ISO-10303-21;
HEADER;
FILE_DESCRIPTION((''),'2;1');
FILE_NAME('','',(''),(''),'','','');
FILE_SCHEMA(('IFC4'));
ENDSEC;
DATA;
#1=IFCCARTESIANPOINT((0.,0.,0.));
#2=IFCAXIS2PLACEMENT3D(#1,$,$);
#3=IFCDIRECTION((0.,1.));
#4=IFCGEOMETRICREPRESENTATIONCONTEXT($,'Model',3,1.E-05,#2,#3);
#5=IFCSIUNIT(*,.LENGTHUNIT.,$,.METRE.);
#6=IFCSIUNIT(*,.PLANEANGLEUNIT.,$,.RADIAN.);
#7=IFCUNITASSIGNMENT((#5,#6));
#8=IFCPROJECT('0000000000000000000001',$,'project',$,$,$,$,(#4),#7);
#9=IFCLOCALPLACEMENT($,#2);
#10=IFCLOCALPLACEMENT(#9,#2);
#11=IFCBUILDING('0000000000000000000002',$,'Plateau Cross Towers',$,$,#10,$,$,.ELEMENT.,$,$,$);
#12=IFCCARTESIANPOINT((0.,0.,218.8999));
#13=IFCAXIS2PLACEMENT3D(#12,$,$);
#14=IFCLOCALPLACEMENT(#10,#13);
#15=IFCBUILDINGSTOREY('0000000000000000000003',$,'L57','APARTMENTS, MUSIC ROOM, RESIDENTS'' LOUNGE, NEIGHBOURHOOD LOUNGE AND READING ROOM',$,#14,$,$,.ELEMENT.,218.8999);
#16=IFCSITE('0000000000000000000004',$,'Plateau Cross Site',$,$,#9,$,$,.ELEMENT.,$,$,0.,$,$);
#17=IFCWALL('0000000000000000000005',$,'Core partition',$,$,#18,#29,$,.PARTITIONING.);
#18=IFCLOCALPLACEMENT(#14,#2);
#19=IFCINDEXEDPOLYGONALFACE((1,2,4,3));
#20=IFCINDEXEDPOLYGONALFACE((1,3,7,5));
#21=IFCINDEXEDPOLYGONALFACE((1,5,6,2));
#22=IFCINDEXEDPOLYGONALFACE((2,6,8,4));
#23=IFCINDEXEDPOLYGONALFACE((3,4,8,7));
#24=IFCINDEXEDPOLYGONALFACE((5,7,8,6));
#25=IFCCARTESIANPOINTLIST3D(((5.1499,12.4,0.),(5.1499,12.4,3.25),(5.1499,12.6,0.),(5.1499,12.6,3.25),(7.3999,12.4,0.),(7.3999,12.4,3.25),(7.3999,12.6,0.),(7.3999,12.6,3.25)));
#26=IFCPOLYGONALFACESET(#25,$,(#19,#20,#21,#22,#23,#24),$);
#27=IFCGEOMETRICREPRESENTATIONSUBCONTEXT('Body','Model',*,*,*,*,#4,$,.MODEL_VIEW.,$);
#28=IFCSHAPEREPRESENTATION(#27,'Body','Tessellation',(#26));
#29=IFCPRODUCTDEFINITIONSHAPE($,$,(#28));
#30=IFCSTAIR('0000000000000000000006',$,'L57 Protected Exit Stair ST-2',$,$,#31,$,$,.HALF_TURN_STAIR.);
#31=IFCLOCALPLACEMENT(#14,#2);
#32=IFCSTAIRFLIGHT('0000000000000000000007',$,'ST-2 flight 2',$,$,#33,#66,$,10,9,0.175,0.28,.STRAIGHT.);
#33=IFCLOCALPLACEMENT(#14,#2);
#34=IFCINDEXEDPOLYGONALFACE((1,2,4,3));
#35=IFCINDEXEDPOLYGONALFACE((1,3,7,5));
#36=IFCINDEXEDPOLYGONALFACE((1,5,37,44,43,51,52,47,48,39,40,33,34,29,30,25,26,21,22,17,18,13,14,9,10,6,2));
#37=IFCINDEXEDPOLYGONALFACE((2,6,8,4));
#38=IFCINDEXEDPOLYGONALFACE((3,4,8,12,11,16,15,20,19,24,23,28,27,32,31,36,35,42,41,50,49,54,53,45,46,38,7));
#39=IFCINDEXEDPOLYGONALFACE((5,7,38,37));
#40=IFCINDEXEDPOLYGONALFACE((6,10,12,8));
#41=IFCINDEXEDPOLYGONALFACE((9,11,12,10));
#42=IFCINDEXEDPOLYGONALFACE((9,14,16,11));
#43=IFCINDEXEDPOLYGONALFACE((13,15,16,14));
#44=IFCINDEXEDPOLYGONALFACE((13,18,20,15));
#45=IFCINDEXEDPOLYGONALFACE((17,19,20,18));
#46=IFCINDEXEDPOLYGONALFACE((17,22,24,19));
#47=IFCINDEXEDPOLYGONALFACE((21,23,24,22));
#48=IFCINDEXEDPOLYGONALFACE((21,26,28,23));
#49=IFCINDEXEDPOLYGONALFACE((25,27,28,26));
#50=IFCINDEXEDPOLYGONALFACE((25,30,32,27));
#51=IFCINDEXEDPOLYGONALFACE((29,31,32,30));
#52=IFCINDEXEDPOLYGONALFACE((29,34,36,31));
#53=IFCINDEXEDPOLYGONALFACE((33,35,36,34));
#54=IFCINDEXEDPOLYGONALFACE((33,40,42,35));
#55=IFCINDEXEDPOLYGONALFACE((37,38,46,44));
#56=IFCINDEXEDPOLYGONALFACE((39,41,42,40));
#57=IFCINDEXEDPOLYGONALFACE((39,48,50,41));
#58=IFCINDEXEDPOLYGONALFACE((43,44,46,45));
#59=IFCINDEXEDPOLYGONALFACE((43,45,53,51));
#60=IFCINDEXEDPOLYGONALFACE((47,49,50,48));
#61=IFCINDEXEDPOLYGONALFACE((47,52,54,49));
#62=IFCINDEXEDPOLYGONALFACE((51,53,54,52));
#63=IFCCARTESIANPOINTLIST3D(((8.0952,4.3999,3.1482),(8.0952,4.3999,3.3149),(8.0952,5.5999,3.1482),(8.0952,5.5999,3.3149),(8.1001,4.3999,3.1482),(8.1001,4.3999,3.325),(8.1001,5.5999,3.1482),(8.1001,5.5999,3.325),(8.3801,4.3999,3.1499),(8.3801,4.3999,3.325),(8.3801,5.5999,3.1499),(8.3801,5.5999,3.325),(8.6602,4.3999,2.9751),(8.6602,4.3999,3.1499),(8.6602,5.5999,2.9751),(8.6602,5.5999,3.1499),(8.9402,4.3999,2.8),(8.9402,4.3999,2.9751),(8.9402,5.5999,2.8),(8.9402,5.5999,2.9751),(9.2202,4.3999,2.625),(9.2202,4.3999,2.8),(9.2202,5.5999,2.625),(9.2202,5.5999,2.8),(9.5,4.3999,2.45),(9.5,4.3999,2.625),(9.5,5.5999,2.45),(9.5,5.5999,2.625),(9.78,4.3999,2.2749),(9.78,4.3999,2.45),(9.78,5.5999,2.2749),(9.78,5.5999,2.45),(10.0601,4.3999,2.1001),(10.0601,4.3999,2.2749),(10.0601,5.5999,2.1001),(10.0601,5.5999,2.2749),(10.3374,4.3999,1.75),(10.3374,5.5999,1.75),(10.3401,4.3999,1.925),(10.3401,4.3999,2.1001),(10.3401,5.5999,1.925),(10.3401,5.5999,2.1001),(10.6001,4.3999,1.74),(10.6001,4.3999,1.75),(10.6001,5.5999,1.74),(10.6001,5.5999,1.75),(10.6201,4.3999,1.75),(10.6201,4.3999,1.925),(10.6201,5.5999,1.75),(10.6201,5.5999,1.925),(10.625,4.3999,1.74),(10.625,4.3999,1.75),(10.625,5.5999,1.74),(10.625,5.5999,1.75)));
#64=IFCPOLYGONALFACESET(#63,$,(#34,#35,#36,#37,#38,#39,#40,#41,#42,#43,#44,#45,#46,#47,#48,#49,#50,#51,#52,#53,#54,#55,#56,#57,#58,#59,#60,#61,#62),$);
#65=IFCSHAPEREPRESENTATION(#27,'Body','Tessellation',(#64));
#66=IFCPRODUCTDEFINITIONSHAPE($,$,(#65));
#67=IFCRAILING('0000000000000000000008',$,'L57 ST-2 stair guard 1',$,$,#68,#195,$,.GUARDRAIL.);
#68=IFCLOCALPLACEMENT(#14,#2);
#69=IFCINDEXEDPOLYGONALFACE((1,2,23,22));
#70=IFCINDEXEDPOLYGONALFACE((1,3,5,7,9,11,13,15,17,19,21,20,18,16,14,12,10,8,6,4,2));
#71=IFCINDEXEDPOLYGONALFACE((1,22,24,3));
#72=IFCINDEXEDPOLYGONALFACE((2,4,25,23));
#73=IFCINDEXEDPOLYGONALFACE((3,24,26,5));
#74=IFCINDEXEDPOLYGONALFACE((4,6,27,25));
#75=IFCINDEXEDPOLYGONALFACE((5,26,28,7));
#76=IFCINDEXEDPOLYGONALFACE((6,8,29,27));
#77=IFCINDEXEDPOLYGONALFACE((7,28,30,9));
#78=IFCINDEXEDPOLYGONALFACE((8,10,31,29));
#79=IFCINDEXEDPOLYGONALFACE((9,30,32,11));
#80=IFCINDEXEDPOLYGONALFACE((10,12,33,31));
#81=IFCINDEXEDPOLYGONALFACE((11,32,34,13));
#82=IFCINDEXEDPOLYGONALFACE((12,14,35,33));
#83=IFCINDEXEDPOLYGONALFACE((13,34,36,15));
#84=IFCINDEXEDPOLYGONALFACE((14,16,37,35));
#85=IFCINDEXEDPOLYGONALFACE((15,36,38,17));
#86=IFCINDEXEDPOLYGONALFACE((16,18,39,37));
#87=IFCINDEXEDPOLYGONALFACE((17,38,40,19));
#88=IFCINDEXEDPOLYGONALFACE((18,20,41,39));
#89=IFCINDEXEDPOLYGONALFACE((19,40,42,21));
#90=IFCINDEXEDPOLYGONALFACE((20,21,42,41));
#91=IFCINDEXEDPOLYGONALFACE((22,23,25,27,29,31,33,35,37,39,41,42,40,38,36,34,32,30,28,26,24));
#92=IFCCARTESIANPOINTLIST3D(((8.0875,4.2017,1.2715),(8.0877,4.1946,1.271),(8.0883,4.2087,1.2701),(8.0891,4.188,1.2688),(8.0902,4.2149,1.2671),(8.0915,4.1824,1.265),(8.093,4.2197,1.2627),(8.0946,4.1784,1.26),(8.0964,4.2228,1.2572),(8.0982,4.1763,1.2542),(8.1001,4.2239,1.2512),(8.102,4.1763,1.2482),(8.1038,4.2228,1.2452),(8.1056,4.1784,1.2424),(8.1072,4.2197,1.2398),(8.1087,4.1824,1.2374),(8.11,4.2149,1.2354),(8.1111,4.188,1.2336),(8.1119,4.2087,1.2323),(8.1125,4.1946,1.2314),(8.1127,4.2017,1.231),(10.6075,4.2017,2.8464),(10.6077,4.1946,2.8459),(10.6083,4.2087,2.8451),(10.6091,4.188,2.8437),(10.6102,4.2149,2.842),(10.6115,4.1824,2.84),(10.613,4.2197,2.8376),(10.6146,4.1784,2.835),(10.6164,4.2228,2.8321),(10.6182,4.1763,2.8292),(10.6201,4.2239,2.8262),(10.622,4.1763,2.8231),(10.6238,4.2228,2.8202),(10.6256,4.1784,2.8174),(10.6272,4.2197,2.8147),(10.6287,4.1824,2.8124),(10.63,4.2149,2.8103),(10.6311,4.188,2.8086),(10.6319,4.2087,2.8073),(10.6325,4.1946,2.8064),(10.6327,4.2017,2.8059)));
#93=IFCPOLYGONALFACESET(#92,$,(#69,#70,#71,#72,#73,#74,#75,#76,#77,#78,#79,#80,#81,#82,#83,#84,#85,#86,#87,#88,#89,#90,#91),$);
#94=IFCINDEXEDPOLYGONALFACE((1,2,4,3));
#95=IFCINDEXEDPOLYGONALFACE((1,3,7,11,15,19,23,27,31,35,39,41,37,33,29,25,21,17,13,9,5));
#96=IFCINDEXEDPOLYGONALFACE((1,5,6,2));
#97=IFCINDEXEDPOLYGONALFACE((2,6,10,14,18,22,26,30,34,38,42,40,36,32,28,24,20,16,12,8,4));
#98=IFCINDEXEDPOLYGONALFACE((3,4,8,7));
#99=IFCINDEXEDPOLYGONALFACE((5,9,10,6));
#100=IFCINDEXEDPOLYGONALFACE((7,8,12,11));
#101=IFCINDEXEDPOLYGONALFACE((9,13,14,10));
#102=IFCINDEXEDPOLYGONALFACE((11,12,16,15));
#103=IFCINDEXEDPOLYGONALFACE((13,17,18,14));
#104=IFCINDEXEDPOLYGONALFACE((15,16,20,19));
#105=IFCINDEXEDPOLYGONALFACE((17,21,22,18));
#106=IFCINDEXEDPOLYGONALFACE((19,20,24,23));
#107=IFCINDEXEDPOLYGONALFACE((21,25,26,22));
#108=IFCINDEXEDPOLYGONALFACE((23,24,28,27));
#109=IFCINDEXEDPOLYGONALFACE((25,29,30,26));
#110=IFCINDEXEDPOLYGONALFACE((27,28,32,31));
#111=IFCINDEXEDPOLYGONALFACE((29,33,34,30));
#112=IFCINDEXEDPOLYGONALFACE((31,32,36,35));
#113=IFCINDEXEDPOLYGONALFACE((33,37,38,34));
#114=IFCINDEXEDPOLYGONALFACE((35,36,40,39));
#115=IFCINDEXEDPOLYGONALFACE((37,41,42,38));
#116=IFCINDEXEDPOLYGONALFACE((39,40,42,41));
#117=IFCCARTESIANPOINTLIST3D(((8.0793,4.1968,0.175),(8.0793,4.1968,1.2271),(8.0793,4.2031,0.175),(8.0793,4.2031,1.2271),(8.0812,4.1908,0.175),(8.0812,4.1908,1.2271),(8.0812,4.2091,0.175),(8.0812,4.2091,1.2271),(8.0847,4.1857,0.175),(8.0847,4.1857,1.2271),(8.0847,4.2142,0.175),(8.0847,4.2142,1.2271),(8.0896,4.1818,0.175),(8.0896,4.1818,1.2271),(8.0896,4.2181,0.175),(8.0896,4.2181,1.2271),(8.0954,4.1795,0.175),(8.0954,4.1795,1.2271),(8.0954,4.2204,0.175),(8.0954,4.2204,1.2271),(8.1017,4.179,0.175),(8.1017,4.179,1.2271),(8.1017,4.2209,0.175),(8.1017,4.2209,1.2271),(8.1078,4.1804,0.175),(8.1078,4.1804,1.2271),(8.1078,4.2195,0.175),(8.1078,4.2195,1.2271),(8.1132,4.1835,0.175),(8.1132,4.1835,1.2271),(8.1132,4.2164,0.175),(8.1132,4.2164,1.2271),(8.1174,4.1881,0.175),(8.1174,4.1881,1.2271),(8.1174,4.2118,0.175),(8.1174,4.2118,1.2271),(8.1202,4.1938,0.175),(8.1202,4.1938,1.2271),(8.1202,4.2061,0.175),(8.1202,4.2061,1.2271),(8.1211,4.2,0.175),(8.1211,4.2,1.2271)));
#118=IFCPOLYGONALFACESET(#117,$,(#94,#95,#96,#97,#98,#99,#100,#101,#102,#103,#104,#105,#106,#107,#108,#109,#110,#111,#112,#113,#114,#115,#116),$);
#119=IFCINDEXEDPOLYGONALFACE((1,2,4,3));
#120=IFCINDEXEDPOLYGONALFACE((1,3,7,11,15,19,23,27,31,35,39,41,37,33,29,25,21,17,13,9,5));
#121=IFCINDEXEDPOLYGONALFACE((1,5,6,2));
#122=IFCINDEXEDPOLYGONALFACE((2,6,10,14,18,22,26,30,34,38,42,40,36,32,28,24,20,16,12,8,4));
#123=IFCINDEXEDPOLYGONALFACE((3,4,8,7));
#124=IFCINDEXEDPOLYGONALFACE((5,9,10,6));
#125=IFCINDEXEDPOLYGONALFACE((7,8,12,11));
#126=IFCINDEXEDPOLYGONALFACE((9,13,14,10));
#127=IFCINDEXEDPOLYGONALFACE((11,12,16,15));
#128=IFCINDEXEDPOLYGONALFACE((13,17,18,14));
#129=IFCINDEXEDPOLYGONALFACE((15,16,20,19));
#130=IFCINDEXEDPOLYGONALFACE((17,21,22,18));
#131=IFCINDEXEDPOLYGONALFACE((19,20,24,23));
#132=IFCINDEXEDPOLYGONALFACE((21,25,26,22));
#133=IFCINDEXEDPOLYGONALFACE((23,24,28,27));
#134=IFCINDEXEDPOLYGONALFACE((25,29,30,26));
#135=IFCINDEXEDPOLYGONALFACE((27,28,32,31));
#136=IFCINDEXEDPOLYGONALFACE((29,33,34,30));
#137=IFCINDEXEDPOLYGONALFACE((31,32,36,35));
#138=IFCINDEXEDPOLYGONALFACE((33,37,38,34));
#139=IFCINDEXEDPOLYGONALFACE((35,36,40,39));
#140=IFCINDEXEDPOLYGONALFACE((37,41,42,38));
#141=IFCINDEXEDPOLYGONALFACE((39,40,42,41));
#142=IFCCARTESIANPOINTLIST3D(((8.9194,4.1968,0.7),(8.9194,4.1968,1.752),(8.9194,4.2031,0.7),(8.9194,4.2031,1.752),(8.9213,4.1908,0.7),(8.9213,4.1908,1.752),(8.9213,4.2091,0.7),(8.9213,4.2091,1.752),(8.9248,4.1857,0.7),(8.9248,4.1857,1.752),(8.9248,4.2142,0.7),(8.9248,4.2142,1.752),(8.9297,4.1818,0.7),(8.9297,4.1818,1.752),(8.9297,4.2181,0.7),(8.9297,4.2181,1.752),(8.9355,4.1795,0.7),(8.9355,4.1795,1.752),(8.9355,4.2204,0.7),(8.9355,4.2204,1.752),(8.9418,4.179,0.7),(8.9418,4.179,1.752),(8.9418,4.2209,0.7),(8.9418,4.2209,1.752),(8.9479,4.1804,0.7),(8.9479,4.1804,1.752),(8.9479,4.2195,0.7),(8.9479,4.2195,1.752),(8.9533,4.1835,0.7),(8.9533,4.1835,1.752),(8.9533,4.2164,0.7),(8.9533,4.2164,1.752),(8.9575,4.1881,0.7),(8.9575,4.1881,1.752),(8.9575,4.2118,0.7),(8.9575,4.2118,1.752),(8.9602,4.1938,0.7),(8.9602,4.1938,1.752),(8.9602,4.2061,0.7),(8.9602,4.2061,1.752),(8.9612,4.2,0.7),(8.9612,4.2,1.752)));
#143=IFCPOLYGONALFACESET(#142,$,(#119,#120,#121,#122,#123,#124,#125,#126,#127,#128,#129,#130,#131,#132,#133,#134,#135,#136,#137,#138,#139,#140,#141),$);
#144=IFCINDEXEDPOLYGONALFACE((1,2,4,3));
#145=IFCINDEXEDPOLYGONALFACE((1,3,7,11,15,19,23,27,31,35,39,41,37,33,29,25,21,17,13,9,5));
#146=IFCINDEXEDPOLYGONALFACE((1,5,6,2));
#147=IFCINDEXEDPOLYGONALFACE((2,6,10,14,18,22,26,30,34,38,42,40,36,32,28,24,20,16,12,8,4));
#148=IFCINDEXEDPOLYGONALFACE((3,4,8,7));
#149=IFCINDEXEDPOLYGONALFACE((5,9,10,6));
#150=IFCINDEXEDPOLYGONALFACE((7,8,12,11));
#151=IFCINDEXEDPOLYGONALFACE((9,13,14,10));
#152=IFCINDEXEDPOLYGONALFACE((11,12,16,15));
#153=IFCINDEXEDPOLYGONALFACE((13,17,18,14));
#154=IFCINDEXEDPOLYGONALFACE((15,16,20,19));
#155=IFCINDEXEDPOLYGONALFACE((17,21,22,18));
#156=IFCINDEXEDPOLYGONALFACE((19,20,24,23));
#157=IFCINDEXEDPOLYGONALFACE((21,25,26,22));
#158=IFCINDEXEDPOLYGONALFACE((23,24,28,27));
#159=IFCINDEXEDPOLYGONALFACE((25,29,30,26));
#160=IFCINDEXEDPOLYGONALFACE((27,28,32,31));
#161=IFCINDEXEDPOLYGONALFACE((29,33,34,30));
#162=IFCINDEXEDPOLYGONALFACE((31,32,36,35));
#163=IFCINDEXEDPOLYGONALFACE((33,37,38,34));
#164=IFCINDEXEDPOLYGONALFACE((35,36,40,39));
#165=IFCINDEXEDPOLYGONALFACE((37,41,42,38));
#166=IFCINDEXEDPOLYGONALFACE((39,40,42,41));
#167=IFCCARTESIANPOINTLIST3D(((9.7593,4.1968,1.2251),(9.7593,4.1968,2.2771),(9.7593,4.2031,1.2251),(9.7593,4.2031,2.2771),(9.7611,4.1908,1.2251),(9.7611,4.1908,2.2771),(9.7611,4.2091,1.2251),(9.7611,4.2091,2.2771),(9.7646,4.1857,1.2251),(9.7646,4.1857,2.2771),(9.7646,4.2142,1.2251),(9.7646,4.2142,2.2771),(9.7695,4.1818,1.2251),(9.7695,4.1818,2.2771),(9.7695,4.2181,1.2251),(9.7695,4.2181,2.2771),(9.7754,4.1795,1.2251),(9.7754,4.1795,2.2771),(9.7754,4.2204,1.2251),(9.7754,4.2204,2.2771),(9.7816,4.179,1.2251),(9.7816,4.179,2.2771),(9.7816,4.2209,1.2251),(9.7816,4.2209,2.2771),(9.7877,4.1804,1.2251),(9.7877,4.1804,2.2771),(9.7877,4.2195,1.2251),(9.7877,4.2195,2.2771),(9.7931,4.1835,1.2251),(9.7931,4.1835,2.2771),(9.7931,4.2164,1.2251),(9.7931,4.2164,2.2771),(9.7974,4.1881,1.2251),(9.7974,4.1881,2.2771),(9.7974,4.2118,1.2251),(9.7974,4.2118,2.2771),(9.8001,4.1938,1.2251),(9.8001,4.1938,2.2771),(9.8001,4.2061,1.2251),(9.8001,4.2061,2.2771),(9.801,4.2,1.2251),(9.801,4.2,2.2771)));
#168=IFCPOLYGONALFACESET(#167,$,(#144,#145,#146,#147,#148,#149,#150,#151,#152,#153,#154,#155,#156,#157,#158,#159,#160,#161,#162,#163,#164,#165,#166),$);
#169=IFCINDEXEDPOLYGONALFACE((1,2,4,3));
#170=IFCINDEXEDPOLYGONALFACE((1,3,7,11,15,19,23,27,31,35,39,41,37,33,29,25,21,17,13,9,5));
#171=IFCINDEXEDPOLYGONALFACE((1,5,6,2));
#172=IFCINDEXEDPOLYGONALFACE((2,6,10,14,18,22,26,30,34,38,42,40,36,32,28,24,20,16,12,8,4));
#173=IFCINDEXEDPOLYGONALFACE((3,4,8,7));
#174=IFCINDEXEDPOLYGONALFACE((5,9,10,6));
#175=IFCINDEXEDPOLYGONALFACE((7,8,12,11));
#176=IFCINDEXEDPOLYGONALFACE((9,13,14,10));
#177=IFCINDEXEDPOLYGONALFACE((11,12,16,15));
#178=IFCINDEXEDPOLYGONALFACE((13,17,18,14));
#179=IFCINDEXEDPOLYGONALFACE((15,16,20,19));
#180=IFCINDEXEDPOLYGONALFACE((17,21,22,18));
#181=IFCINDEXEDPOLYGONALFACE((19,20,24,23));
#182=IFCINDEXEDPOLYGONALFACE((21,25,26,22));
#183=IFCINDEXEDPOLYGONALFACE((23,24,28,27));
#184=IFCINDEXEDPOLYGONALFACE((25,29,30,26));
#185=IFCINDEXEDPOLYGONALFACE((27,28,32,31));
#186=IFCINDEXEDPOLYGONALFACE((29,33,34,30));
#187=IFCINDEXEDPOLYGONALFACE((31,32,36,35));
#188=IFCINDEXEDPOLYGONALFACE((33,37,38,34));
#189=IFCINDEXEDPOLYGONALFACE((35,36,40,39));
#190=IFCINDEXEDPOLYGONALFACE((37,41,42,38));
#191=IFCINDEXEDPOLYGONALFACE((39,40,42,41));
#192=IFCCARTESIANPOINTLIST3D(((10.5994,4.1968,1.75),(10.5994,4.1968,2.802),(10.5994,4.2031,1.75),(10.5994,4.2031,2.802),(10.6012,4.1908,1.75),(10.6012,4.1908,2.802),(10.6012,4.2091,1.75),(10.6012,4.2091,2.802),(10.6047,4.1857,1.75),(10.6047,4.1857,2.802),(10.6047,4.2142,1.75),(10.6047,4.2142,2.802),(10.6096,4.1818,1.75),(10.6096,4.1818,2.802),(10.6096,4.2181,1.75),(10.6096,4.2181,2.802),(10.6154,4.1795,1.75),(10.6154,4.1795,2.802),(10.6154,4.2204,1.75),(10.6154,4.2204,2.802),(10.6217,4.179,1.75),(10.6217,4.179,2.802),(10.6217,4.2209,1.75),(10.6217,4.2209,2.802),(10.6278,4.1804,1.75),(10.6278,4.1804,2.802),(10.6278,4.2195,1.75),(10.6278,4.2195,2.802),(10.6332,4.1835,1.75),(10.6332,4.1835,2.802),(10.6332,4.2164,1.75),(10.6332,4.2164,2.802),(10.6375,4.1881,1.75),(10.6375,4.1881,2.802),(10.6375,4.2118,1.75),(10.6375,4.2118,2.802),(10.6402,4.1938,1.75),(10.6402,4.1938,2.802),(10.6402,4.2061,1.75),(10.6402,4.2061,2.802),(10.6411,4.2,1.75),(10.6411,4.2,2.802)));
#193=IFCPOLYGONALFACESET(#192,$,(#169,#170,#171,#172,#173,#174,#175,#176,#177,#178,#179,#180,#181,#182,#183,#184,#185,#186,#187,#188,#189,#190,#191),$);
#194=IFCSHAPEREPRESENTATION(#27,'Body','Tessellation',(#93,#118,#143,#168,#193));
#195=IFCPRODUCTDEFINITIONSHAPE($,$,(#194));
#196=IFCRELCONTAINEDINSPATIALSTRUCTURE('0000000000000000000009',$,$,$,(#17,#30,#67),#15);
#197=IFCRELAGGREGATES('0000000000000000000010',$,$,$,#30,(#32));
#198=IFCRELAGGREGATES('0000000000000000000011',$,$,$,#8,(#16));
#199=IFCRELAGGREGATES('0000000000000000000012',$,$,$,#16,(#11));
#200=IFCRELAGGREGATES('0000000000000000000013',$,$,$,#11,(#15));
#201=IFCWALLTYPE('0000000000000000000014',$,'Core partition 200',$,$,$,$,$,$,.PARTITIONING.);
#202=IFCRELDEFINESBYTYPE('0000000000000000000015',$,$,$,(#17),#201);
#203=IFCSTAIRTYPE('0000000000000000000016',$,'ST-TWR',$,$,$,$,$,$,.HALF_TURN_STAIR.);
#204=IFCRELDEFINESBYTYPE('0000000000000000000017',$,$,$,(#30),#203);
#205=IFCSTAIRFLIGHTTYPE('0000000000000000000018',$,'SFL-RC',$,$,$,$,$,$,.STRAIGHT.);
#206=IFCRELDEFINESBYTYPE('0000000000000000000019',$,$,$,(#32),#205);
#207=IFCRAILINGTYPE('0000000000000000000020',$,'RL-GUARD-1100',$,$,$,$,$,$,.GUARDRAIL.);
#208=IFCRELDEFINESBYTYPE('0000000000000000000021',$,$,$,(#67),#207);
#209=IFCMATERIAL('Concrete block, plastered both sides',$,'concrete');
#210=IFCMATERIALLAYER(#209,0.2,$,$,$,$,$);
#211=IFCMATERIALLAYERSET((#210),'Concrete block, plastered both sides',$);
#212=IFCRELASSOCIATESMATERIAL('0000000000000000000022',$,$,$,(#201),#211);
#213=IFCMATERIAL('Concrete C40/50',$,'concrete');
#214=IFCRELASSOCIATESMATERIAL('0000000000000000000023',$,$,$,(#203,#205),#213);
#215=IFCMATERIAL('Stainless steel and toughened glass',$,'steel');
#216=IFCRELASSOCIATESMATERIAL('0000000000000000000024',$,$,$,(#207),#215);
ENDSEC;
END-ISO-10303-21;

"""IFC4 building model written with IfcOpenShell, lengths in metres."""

from ifc_helpers import new_model, si_unit, direction, frame, frame_2d, origin, origin_2d, place, context, subcontext, project, spatial, polyline, rectangle, circle, outline, extrude, material, layer, layer_set, type_object, element, aggregate, save


model = new_model("IFC4")

# Units and contexts
model_context = context("Model", 3, precision=1e-05, world=origin(), true_north=direction((0.0, 1.0)))
body_context = subcontext(model_context, "Body", "Model", "MODEL_VIEW")
ifc_project = project(units=[si_unit("LENGTHUNIT", "METRE"), si_unit("PLANEANGLEUNIT", "RADIAN")], contexts=[model_context])

# Site, building, storey
site_placement = place(None, origin())
site = spatial("IfcSite", under=ifc_project, at=site_placement, Name="Plateau Cross Site", CompositionType="ELEMENT", RefElevation=0.0)
building_placement = place(site_placement, origin())
building = spatial("IfcBuilding", under=site, at=building_placement, Name="Plateau Cross Towers", CompositionType="ELEMENT")
storey_placement = place(building_placement, frame((0.0, 0.0, 218.8999)))
storey = spatial("IfcBuildingStorey", under=building, at=storey_placement, Name="L57", Description="APARTMENTS, MUSIC ROOM, RESIDENTS' LOUNGE, NEIGHBOURHOOD LOUNGE AND READING ROOM", CompositionType="ELEMENT", Elevation=218.8999)

# Shared definitions
ifc_material_1 = material(Name="Concrete block, plastered both sides", Category="concrete")
ifc_layer = layer(ifc_material_1, 0.2)
ifc_layer_set = layer_set([ifc_layer], Name="Concrete block, plastered both sides")
wall_type = type_object("IfcWallType", Name="Core partition 200", PredefinedType="PARTITIONING", material=ifc_layer_set)

# Wall
wall_1_placement = place(storey_placement, frame((5.1499, 12.5, 0.0), z_axis=(0.0, 0.0, 1.0), x_axis=(1.0, 0.0, 0.0)))
element("IfcWall", 1, at=wall_1_placement, inside=storey, type_object=wall_type, Name="Core partition", PredefinedType="PARTITIONING", context=body_context, shape_type="SweptSolid", body=[
    extrude(rectangle(XDim=2.25, YDim=0.2, at=frame_2d((1.125, 0.0))), origin(), (0.0, 0.0, 1.0), 3.25),
])

# Stair, stair flight
ifc_material_2 = material(Name="Concrete C40/50", Category="concrete")
stair_type = type_object("IfcStairType", Name="ST-TWR", PredefinedType="HALF_TURN_STAIR", material=ifc_material_2)
stair_placement = place(storey_placement, origin())
stair = element("IfcStair", 2, at=stair_placement, inside=storey, type_object=stair_type, Name="L57 Protected Exit Stair ST-2", PredefinedType="HALF_TURN_STAIR")
stair_flight_type = type_object("IfcStairFlightType", Name="SFL-RC", PredefinedType="STRAIGHT", material=ifc_material_2)
stair_flight_placement = place(storey_placement, frame((10.6201, 5.0, 1.75), z_axis=(0.0, 0.0, 1.0), x_axis=(-1.0, 0.0, 0.0)))
stair_flight = element("IfcStairFlight", 3, at=stair_flight_placement, type_object=stair_flight_type, Name="ST-2 flight 2", NumberOfRisers=10, NumberOfTreads=9, PredefinedType="STRAIGHT", RiserHeight=0.175, TreadLength=0.28, context=body_context, shape_type="SweptSolid", body=[
    extrude(outline(polyline([(-0.0049, -0.01), (-0.0049, 0.0), (0.0, 0.0), (0.0, 0.175), (0.28, 0.175), (0.28, 0.3501), (0.5601, 0.3501), (0.5601, 0.5249), (0.8401, 0.5249), (0.8401, 0.7), (1.1201, 0.7), (1.1201, 0.875), (1.3999, 0.875), (1.3999, 1.05), (1.6799, 1.05), (1.6799, 1.2251), (1.96, 1.2251), (1.96, 1.3999), (2.24, 1.3999), (2.24, 1.575), (2.52, 1.575), (2.5249, 1.5649), (2.5249, 1.3982), (2.52, 1.3982), (0.2827, 0.0), (0.02, 0.0), (0.02, -0.01), (-0.0049, -0.01)])), frame((0.0, 0.6001, 0.0), z_axis=(0.0, -1.0, 0.0), x_axis=(1.0, 0.0, 0.0)), (0.0, 0.0, 1.0), 1.2),
])
aggregate(stair, [stair_flight])

# Railing
ifc_material_3 = material(Name="Stainless steel and toughened glass", Category="steel")
railing_type_1 = type_object("IfcRailingType", Name="RL-GUARD-1100", PredefinedType="GUARDRAIL", material=ifc_material_3)
railing_1_placement = place(storey_placement, frame((8.1001, 4.2, 0.175)))
element("IfcRailing", 4, at=railing_1_placement, inside=storey, type_object=railing_type_1, Name="L57 ST-2 stair guard 1", PredefinedType="GUARDRAIL", context=body_context, shape_type="SweptSolid", body=[
    extrude(circle(Radius=0.0239, at=origin_2d()), frame((0.0, 0.0, 1.0762), z_axis=(0.848008, 0.0, 0.529984), x_axis=(0.0, 1.0, 0.0)), (0.0, 0.0, 1.0), 2.9717),
    extrude(circle(Radius=0.021, at=origin_2d()), origin(), (0.0, 0.0, 1.0), 1.052),
    extrude(circle(Radius=0.021, at=origin_2d()), frame((0.8401, 0.0, 0.5249)), (0.0, 0.0, 1.0), 1.052),
    extrude(circle(Radius=0.021, at=origin_2d()), frame((1.6799, 0.0, 1.05)), (0.0, 0.0, 1.0), 1.052),
    extrude(circle(Radius=0.021, at=origin_2d()), frame((2.52, 0.0, 1.575)), (0.0, 0.0, 1.0), 1.052),
])

save(model, "model.ifc")
